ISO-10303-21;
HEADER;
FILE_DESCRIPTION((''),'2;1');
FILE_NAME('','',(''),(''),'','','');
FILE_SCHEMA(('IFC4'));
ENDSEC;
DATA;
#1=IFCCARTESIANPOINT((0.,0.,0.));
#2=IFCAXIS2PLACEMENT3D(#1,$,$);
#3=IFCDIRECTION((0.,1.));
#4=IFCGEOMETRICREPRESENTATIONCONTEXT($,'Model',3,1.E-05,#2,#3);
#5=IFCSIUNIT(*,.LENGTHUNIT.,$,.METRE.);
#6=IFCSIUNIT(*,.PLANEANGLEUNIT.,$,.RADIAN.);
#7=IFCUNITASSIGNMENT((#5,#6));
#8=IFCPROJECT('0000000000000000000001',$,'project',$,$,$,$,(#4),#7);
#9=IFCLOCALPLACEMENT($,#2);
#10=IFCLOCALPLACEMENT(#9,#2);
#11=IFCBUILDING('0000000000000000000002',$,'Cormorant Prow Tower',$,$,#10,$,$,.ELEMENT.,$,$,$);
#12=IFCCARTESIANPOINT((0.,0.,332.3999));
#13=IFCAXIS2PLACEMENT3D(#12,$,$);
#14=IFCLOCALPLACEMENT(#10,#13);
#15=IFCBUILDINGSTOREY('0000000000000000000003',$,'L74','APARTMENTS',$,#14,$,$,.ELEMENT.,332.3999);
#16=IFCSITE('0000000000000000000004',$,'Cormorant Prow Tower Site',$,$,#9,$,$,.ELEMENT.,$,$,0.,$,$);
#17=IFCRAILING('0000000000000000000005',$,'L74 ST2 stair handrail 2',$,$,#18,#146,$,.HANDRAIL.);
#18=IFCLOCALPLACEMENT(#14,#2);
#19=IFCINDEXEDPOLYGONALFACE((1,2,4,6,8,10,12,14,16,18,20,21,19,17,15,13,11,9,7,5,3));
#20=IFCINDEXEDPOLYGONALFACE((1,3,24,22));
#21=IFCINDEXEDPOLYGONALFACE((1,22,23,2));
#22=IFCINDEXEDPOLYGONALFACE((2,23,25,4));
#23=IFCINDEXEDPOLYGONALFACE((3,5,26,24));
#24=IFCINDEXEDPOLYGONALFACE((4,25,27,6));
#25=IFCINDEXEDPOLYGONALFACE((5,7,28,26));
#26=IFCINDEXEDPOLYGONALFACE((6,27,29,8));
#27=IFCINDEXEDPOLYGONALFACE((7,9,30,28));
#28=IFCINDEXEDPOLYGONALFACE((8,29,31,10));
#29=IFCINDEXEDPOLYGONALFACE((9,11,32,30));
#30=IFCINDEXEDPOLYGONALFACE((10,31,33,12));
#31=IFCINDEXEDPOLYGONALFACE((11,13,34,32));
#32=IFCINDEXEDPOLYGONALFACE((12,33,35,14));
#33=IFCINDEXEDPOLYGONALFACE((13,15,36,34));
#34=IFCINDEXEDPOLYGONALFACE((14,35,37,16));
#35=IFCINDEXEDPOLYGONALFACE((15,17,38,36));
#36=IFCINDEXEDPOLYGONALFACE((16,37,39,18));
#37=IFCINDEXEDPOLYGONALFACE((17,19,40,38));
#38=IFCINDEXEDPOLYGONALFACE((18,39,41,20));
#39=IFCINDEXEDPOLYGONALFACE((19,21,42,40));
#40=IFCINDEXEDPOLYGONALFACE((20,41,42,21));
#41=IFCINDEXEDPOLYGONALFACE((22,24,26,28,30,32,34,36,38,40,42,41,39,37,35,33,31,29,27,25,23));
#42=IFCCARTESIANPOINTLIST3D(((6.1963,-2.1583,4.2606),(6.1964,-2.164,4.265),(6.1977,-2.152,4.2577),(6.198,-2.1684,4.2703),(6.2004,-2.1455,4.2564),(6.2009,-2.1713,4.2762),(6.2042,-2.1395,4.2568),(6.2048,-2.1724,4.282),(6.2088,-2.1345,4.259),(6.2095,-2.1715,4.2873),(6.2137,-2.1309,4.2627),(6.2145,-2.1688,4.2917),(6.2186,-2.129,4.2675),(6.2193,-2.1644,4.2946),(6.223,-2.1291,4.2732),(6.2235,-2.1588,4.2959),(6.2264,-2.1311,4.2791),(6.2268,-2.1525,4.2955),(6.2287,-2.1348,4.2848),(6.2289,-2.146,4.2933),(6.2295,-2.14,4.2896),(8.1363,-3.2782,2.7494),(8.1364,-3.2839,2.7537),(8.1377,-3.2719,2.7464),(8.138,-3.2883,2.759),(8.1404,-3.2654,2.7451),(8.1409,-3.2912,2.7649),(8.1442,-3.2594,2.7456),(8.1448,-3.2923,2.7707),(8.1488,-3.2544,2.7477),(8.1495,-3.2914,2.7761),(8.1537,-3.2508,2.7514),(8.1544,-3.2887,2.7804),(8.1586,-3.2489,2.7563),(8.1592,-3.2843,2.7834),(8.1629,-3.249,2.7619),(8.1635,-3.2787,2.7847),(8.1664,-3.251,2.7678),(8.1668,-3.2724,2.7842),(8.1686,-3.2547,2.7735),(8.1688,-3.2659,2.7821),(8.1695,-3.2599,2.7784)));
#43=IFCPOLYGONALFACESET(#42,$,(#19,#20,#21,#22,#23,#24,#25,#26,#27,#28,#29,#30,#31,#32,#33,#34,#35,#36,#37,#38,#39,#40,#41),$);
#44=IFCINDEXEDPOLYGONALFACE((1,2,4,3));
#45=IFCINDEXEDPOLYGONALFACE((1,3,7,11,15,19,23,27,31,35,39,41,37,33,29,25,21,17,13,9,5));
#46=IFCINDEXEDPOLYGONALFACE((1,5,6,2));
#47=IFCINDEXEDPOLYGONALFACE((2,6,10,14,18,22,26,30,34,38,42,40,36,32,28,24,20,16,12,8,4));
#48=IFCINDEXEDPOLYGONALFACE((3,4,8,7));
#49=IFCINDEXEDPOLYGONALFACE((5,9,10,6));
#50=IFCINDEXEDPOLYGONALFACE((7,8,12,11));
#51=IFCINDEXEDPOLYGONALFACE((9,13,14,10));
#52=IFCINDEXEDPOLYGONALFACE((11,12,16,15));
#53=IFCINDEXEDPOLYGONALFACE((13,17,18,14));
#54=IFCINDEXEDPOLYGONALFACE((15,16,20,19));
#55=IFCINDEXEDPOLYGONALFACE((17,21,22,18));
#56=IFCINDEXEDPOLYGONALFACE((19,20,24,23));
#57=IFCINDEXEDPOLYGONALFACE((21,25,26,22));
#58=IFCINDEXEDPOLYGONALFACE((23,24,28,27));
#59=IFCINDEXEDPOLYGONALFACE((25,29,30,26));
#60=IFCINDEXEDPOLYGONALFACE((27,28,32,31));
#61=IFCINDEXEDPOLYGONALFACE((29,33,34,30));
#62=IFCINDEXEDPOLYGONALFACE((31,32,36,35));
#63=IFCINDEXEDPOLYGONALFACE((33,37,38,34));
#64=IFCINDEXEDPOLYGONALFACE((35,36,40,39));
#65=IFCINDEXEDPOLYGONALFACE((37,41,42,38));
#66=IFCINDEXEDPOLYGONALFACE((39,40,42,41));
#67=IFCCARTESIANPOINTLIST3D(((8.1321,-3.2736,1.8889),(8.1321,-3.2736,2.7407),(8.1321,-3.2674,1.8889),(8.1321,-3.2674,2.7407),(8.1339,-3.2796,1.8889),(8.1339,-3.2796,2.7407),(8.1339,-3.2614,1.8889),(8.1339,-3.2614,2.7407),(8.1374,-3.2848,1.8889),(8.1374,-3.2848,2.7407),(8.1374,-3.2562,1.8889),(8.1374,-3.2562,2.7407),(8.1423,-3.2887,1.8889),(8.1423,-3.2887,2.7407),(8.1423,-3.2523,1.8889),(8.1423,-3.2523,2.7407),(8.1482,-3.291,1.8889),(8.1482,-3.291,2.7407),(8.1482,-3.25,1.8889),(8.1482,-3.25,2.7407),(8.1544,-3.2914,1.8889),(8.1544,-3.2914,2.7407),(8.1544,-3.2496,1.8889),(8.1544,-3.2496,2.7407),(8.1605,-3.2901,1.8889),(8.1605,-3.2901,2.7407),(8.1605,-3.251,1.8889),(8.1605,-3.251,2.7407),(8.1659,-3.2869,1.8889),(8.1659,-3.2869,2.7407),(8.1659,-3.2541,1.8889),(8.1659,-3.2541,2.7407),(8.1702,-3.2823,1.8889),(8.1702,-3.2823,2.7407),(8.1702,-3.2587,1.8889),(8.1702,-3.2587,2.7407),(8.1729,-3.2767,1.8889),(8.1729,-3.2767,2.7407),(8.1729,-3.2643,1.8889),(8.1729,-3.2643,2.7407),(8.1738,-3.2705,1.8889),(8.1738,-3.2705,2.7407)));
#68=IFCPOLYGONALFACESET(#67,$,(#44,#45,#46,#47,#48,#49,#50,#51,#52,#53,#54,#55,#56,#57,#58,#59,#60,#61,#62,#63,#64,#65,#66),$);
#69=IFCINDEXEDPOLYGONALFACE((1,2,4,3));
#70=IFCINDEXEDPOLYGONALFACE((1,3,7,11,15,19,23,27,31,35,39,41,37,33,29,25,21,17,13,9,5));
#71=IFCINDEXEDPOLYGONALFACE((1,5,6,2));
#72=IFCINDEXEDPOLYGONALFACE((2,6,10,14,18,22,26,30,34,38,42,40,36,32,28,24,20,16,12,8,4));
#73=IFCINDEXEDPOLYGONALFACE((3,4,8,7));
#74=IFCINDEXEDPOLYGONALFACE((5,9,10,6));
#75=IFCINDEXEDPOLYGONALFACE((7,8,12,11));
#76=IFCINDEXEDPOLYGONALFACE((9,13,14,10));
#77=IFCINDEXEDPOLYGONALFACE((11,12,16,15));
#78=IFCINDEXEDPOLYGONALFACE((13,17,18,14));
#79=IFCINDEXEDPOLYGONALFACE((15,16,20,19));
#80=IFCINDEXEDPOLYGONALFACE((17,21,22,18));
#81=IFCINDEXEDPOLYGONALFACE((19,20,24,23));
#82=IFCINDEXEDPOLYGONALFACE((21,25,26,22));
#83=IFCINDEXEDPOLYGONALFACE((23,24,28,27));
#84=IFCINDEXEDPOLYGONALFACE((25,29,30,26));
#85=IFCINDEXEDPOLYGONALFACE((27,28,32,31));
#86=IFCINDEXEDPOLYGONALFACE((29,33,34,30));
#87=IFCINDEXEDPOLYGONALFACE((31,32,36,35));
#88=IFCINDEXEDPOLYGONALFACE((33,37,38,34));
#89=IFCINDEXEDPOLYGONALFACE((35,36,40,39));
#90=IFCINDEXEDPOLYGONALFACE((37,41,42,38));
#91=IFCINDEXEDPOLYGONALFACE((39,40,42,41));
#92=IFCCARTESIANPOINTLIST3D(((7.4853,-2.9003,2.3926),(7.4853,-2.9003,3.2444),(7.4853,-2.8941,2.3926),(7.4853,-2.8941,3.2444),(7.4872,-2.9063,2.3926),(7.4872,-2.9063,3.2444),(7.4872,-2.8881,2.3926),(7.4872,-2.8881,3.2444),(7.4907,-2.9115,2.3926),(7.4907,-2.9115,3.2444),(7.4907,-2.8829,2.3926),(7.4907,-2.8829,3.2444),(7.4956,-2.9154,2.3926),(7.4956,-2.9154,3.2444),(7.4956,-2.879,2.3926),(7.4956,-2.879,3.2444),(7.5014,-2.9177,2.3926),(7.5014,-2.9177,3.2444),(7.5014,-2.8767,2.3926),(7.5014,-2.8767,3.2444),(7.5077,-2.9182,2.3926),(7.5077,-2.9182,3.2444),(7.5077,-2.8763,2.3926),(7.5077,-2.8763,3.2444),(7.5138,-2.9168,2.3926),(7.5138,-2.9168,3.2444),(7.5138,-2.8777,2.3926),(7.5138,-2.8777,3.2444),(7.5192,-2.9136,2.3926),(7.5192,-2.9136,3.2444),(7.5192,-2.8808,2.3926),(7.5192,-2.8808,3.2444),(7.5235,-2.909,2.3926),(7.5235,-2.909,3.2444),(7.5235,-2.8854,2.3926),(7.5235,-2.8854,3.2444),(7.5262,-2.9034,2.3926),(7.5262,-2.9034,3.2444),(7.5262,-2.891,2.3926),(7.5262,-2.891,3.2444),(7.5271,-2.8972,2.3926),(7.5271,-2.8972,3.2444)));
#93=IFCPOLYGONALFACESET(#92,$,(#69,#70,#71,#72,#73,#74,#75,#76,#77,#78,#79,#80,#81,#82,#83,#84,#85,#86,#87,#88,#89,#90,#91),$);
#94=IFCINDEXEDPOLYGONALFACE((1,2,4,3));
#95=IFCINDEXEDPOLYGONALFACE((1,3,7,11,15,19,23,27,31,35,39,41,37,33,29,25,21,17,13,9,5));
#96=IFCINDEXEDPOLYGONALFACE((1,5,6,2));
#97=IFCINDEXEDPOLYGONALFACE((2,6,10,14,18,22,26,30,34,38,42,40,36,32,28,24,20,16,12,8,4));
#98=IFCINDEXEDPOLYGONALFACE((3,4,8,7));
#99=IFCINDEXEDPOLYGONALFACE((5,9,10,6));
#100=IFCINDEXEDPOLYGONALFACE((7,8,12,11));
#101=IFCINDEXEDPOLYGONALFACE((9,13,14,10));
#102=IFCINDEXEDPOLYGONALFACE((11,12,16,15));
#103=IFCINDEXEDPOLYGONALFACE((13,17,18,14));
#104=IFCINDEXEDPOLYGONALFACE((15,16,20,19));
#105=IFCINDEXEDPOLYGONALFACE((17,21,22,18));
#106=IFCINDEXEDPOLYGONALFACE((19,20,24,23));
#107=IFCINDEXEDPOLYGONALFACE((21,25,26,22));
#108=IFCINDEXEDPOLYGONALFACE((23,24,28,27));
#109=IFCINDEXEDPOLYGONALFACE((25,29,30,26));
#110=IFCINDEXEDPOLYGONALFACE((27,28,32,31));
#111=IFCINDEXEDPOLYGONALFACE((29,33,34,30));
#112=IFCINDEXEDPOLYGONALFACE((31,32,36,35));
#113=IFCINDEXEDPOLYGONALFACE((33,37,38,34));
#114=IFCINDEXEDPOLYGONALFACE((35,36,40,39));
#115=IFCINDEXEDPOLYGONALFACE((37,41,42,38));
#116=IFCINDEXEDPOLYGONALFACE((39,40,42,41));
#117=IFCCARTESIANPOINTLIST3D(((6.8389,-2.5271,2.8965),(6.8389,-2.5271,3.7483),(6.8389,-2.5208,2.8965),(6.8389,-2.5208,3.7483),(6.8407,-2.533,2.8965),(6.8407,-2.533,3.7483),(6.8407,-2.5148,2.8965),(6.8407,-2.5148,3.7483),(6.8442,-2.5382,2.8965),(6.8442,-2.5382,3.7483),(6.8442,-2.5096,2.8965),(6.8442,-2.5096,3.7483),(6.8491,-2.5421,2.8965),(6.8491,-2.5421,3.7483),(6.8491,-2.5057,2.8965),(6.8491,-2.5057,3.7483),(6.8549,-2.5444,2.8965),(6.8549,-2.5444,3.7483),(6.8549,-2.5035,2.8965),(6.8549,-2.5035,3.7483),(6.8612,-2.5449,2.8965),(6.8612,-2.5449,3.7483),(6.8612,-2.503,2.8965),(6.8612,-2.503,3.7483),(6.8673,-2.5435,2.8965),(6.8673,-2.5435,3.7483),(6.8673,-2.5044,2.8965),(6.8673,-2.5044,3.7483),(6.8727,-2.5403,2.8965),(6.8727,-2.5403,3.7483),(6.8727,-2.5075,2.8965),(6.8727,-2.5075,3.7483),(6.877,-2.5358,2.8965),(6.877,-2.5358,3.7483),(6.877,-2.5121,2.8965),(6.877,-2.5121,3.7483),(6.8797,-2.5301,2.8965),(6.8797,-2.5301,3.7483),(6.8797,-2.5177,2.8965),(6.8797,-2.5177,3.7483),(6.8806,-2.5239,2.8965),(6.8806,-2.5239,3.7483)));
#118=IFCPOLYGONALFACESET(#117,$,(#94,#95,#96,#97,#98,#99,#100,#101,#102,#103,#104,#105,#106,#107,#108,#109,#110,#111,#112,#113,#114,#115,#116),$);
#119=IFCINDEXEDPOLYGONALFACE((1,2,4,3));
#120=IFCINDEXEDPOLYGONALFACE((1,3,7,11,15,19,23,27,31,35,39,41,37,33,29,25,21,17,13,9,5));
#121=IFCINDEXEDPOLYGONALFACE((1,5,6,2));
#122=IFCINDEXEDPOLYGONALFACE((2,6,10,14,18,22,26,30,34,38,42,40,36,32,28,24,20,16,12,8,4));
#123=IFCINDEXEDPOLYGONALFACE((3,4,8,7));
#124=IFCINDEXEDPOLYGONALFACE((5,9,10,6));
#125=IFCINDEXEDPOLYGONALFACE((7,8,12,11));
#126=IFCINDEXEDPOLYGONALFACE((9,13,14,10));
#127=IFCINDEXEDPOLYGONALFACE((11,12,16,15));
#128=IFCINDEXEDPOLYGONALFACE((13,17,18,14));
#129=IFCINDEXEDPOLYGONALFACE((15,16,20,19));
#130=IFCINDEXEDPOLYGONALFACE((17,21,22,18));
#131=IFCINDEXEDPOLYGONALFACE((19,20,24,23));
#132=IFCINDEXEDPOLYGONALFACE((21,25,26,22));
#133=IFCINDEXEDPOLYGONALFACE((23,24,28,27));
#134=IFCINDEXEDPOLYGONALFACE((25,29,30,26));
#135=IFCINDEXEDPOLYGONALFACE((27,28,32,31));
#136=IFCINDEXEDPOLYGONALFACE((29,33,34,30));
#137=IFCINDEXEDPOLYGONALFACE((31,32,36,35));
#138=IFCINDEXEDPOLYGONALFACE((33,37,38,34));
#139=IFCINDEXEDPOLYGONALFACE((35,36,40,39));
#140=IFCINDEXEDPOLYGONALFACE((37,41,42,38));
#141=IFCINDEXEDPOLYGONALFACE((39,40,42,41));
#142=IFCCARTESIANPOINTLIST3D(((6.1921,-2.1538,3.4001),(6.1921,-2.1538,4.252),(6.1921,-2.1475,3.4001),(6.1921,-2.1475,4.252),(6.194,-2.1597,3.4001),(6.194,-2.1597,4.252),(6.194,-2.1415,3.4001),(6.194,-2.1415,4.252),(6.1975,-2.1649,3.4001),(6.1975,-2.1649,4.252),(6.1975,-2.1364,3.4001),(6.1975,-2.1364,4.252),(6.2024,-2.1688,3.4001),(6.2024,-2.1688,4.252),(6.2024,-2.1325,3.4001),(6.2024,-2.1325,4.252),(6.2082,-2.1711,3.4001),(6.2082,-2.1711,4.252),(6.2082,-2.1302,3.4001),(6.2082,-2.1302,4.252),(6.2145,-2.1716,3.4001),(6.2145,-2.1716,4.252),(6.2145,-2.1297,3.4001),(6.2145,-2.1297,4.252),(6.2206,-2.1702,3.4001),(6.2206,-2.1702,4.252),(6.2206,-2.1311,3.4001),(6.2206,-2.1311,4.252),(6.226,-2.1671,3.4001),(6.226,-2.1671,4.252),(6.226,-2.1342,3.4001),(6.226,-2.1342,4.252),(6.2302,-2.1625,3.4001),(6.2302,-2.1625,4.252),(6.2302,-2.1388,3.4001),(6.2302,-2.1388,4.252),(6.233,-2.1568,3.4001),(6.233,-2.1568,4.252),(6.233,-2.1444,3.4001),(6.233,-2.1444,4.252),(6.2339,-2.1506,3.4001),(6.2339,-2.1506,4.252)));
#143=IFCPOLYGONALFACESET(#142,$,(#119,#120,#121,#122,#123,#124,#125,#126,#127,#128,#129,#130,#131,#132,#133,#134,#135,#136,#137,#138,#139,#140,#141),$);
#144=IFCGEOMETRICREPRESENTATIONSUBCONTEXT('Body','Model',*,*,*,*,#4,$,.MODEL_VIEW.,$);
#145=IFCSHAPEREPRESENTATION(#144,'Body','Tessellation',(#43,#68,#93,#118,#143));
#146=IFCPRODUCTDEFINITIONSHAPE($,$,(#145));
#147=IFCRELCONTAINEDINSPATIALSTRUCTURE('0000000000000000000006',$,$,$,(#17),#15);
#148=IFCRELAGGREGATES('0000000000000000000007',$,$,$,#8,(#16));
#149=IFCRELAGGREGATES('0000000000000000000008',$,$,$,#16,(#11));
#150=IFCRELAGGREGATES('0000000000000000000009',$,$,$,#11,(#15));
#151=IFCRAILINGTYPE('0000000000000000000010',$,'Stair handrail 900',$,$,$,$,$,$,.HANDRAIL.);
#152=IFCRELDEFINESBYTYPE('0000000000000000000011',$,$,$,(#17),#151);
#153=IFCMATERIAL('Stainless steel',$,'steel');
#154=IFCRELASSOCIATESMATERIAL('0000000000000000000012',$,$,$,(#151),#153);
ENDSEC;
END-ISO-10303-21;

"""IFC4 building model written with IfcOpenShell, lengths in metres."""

from ifc_helpers import new_model, si_unit, direction, frame, origin, origin_2d, place, context, subcontext, project, spatial, circle, extrude, material, type_object, element, save


model = new_model("IFC4")

# Units and contexts
model_context = context("Model", 3, precision=1e-05, world=origin(), true_north=direction((0.0, 1.0)))
body_context = subcontext(model_context, "Body", "Model", "MODEL_VIEW")
ifc_project = project(units=[si_unit("LENGTHUNIT", "METRE"), si_unit("PLANEANGLEUNIT", "RADIAN")], contexts=[model_context])

# Site, building, storey
site_placement = place(None, origin())
site = spatial("IfcSite", under=ifc_project, at=site_placement, Name="Cormorant Prow Tower Site", CompositionType="ELEMENT", RefElevation=0.0)
building_placement = place(site_placement, origin())
building = spatial("IfcBuilding", under=site, at=building_placement, Name="Cormorant Prow Tower", CompositionType="ELEMENT")
storey_placement = place(building_placement, frame((0.0, 0.0, 332.3999)))
storey = spatial("IfcBuildingStorey", under=building, at=storey_placement, Name="L74", Description="APARTMENTS", CompositionType="ELEMENT", Elevation=332.3999)

# Railing
ifc_material_1 = material(Name="Stainless steel", Category="steel")
railing_type_1 = type_object("IfcRailingType", Name="Stair handrail 900", PredefinedType="HANDRAIL", material=ifc_material_1)
railing_1_placement = place(storey_placement, frame((8.1528, -3.2705, 1.8889)))
element("IfcRailing", 1, at=railing_1_placement, inside=storey, type_object=railing_type_1, Name="L74 ST2 stair handrail 2", PredefinedType="HANDRAIL", context=body_context, shape_type="SweptSolid", body=[
    extrude(circle(Radius=0.0239, at=origin_2d()), frame((0.0, 0.0, 0.876), z_axis=(-0.71794, 0.414447, 0.559281), x_axis=(-0.499949, -0.866055, 0.0)), (0.0, 0.0, 1.0), 2.7021),
    extrude(circle(Radius=0.021, at=origin_2d()), origin(), (0.0, 0.0, 1.0), 0.8518),
    extrude(circle(Radius=0.021, at=origin_2d()), frame((-0.6467, 0.3733, 0.5037)), (0.0, 0.0, 1.0), 0.8518),
    extrude(circle(Radius=0.021, at=origin_2d()), frame((-1.2932, 0.7466, 1.0076)), (0.0, 0.0, 1.0), 0.8518),
    extrude(circle(Radius=0.021, at=origin_2d()), frame((-1.9399, 1.1199, 1.5112)), (0.0, 0.0, 1.0), 0.8518),
])

save(model, "model.ifc")
